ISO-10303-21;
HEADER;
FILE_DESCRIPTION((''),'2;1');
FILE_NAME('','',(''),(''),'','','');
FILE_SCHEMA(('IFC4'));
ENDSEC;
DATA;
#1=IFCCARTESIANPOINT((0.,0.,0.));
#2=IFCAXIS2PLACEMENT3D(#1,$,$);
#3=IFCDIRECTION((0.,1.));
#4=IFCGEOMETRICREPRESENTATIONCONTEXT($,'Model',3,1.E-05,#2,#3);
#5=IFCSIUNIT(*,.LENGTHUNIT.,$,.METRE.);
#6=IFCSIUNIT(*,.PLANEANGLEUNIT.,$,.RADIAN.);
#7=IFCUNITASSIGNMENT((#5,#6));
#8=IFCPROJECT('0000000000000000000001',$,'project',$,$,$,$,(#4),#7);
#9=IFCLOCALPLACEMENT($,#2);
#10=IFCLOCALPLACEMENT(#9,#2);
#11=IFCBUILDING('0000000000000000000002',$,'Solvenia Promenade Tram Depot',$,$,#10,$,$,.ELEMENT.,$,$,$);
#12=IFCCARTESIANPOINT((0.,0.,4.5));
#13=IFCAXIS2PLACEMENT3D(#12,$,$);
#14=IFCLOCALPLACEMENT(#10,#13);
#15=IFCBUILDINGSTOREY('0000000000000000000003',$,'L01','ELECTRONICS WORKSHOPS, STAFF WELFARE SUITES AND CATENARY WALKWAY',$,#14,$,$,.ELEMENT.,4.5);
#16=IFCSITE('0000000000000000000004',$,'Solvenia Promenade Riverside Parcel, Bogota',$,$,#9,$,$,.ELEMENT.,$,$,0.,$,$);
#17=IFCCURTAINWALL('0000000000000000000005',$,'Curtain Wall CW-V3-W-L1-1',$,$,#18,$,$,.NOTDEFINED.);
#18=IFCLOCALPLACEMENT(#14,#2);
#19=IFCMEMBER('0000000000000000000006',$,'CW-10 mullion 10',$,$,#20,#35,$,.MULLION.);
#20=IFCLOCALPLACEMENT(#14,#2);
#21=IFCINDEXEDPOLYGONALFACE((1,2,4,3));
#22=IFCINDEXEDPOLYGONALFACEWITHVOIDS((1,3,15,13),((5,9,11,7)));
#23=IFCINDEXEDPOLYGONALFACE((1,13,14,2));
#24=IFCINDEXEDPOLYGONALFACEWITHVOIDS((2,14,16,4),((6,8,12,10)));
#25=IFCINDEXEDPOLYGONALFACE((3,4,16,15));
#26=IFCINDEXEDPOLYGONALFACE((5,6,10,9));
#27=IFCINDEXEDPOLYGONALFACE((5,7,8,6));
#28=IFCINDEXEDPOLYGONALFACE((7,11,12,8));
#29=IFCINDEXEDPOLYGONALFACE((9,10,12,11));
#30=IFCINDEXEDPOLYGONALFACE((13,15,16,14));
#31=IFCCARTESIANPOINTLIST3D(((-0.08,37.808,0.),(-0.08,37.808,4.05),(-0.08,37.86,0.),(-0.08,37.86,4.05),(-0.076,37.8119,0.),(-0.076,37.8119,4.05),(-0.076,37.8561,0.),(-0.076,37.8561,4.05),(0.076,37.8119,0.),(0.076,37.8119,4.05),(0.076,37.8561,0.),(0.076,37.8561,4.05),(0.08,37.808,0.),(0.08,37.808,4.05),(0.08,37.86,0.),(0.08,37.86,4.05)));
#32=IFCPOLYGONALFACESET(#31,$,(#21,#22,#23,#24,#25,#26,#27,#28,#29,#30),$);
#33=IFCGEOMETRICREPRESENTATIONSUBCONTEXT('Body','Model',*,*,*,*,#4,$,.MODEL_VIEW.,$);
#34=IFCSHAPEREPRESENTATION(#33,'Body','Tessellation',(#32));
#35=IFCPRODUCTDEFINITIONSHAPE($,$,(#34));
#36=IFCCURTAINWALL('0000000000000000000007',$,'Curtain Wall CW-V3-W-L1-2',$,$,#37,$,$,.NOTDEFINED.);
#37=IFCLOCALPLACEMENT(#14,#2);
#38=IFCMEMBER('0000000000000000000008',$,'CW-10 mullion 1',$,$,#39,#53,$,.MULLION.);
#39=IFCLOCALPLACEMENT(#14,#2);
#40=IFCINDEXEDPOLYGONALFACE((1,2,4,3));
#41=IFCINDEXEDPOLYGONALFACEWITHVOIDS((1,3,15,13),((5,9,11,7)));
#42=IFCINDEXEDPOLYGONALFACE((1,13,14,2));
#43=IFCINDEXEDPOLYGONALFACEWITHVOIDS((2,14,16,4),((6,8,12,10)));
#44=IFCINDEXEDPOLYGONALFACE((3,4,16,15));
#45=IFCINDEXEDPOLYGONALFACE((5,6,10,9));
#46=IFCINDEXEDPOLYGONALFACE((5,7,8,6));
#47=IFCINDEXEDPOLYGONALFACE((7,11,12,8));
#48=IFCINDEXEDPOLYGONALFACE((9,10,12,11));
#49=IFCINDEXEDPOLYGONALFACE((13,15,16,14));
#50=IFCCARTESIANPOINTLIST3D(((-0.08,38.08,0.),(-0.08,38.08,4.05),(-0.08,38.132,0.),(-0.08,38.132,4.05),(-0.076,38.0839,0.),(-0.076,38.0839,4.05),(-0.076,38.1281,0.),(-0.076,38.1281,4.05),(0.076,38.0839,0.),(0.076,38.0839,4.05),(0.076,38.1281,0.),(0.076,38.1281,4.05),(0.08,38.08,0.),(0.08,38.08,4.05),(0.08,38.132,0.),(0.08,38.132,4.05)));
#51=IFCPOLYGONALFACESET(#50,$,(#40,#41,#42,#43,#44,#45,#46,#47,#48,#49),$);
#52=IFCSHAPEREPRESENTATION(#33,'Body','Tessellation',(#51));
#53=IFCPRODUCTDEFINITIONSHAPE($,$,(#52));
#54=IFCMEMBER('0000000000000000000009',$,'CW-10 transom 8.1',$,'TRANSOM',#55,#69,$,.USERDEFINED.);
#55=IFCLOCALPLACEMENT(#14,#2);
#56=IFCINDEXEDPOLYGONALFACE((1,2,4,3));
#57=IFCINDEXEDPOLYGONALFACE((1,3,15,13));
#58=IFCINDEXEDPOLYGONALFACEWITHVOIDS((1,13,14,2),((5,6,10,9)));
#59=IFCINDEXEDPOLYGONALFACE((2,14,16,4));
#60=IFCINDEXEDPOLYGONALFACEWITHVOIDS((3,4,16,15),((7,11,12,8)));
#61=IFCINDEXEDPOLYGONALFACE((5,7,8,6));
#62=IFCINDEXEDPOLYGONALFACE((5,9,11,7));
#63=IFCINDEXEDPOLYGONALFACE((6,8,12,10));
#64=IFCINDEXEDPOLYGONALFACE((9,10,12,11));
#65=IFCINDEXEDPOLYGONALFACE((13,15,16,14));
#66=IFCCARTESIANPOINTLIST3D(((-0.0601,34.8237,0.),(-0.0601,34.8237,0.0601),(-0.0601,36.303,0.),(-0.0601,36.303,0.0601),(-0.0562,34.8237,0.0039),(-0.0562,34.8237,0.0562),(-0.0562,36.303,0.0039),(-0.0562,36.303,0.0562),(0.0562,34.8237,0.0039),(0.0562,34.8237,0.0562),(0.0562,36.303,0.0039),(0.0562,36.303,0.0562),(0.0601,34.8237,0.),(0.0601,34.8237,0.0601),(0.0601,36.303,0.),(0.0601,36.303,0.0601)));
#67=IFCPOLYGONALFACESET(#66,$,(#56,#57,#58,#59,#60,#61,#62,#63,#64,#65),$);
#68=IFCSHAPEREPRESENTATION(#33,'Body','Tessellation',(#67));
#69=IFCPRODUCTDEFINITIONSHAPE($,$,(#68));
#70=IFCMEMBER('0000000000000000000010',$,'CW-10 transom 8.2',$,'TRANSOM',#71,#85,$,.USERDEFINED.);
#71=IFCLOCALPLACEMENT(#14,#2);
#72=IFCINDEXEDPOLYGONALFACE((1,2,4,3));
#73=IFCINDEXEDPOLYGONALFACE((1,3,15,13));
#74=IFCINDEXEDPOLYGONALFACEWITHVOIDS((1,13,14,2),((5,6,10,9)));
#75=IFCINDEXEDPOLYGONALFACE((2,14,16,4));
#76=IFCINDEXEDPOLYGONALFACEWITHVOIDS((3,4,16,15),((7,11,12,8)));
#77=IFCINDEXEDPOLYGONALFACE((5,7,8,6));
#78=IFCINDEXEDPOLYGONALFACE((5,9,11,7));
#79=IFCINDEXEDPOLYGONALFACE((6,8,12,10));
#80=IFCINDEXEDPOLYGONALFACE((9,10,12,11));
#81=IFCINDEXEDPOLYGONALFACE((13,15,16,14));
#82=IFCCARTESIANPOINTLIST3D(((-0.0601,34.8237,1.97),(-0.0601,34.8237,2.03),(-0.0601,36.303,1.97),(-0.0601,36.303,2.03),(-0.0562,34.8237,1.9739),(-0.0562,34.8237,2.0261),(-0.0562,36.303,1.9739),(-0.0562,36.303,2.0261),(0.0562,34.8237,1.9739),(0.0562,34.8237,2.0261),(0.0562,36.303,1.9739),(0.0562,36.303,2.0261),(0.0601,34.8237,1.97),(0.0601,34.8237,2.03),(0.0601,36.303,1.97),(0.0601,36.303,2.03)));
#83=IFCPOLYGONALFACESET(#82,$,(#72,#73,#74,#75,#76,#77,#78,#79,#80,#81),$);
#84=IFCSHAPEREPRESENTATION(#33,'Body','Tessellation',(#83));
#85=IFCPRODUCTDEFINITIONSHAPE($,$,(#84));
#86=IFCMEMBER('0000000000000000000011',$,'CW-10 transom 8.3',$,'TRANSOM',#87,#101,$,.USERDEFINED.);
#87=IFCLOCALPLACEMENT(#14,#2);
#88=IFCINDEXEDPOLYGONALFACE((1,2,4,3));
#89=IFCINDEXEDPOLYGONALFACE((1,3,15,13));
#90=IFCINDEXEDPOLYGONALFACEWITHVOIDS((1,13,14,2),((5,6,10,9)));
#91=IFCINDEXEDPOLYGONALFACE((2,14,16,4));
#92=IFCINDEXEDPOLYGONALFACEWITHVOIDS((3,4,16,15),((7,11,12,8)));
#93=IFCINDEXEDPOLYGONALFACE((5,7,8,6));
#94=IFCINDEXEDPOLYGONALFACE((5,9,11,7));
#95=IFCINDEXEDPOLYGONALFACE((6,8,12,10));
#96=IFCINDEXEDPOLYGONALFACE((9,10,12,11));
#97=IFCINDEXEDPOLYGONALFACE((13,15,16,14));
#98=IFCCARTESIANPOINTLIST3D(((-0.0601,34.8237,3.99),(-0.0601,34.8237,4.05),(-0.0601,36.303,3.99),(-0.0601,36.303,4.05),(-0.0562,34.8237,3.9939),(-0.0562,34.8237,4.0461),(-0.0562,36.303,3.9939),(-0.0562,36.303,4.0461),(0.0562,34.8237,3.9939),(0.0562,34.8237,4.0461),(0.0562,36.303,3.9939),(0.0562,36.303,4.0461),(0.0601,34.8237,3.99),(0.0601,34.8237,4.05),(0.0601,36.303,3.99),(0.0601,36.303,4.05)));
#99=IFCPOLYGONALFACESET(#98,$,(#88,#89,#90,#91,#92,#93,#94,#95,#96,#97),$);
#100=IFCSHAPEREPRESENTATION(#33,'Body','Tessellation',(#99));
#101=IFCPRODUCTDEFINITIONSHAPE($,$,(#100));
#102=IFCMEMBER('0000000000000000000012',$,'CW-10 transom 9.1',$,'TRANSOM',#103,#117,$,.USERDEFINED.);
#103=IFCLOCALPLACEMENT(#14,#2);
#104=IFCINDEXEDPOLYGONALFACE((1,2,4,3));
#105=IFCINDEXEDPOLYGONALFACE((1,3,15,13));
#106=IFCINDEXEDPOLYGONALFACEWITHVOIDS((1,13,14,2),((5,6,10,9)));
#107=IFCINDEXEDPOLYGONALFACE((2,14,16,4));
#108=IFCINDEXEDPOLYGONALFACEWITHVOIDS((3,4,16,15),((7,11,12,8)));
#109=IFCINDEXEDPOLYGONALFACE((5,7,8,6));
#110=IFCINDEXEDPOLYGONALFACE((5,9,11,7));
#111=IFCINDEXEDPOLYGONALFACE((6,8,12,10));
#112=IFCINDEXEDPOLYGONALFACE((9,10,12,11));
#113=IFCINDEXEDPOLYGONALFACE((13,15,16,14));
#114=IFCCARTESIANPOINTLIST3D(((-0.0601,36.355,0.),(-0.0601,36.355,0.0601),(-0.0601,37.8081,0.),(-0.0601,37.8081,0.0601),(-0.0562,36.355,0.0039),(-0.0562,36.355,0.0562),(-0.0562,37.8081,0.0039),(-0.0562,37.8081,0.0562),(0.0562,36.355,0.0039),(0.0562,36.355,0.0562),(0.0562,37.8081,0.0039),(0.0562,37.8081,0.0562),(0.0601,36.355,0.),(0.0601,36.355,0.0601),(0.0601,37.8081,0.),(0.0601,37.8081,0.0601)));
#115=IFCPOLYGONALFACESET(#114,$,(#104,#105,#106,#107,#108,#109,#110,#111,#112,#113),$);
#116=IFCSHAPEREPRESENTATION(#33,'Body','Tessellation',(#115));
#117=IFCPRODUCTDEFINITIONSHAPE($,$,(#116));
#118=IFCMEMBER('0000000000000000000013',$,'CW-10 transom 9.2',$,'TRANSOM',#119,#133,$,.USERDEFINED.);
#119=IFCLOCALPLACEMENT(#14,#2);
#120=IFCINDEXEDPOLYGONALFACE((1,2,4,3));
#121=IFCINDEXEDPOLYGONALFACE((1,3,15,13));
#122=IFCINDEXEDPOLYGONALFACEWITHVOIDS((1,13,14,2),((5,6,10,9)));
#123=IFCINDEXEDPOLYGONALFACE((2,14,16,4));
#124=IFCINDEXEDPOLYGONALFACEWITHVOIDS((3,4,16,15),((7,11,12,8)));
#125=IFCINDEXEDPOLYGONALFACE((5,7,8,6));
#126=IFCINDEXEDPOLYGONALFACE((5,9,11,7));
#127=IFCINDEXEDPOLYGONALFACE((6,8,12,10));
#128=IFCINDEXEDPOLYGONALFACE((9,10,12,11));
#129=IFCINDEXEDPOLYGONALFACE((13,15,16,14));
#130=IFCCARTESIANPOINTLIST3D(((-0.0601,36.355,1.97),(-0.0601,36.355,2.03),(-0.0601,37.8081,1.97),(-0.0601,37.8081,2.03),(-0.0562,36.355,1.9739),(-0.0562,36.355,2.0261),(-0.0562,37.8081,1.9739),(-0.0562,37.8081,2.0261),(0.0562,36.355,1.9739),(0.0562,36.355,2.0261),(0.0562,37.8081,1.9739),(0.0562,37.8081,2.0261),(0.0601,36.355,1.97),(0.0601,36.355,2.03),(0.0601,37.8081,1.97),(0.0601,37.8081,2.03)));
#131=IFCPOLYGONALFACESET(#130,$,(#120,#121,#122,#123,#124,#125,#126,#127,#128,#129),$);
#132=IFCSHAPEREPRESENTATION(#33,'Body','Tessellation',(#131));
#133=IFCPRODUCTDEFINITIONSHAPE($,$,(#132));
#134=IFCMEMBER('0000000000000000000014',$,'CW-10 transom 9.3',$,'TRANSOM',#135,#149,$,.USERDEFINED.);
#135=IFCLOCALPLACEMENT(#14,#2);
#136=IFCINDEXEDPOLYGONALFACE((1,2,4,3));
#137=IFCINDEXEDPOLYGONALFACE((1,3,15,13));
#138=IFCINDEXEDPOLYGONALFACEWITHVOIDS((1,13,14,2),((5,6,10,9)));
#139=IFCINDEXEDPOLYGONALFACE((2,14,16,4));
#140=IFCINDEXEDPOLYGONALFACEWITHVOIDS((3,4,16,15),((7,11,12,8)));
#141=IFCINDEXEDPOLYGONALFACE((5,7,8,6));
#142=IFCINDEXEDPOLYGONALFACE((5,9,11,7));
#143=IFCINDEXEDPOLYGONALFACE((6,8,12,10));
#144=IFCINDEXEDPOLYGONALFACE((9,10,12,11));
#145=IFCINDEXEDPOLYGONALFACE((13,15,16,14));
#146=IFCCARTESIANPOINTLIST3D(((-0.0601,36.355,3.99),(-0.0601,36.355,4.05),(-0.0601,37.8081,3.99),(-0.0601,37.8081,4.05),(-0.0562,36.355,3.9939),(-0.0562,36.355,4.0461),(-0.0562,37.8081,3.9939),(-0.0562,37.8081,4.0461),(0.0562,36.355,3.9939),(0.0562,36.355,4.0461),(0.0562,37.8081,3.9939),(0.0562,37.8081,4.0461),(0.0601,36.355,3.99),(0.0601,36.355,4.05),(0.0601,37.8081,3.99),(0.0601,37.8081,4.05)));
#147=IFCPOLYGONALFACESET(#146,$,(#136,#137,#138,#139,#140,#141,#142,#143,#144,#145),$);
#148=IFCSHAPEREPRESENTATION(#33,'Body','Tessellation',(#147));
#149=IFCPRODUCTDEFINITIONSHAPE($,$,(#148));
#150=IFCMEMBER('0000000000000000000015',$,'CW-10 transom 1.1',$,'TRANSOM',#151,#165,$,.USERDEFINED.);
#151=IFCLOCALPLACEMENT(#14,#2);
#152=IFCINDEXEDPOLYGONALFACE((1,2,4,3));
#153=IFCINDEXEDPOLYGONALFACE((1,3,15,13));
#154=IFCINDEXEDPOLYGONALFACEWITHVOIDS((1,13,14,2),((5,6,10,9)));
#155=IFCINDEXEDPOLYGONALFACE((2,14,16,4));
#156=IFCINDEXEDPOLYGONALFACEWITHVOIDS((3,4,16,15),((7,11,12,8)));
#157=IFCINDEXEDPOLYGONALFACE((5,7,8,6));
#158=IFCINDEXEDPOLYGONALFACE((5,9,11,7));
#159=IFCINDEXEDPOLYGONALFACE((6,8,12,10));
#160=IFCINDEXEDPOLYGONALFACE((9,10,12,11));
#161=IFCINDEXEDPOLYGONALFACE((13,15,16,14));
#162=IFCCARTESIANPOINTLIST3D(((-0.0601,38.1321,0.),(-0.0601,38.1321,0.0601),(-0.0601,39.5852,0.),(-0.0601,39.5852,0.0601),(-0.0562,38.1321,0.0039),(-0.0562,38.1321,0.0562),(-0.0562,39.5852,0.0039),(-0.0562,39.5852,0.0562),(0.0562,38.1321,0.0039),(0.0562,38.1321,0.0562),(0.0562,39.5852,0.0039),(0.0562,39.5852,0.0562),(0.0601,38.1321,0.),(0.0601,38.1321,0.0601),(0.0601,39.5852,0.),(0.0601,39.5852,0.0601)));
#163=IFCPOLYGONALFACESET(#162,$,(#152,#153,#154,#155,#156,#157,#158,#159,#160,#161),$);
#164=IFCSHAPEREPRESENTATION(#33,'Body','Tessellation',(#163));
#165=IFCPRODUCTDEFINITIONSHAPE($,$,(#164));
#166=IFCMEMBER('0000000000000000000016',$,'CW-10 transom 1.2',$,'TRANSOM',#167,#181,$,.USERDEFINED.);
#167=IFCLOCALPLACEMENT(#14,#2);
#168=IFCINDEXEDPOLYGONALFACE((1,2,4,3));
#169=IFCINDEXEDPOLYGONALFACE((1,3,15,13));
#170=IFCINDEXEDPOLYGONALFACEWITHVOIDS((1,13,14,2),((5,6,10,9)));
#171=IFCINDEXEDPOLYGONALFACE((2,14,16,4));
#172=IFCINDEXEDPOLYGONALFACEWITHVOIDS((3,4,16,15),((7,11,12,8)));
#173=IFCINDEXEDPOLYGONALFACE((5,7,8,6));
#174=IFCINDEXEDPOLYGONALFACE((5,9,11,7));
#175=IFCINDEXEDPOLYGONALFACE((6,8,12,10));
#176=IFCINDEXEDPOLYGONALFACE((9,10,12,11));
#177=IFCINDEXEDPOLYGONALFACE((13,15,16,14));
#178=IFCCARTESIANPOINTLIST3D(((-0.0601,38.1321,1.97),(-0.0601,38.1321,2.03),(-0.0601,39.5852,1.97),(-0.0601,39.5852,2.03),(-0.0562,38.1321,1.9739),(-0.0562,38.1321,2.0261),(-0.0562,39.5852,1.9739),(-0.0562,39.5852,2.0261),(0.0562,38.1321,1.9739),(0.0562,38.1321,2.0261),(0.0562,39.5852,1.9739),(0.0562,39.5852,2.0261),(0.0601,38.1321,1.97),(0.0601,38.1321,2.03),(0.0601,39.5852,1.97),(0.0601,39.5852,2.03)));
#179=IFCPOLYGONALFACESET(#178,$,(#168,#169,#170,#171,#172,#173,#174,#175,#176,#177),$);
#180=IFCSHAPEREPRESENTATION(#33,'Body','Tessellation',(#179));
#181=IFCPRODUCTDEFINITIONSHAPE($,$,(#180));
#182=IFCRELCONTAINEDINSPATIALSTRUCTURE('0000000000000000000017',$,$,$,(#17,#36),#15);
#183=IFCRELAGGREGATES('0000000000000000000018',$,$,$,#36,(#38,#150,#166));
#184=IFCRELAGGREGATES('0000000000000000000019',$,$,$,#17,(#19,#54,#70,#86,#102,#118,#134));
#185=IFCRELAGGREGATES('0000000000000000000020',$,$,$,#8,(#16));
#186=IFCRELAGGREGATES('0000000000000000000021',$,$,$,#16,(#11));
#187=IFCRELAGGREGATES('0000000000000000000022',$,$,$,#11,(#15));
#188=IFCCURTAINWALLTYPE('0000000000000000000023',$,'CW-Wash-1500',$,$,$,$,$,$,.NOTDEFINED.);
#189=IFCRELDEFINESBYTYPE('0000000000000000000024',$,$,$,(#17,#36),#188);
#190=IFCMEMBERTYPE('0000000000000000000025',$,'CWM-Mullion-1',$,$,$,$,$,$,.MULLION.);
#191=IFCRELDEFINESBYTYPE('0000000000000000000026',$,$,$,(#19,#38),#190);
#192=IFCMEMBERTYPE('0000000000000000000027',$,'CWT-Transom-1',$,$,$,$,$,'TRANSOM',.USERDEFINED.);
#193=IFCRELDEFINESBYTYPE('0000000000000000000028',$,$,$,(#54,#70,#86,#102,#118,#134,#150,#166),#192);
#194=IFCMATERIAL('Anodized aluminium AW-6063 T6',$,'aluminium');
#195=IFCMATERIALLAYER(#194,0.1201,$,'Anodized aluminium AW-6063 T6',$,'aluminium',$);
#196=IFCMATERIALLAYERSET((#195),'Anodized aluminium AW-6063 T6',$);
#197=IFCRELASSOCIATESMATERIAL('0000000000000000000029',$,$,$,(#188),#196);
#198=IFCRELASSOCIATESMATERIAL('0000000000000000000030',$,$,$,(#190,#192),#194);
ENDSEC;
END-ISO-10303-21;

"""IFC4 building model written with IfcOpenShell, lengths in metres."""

from ifc_helpers import new_model, si_unit, direction, frame, origin, origin_2d, place, context, subcontext, project, spatial, hollow_rectangle, extrude, material, layer, layer_set, material_profile, profile_set, type_object, element, aggregate, save


model = new_model("IFC4")

# Units and contexts
model_context = context("Model", 3, precision=1e-05, world=origin(), true_north=direction((0.0, 1.0)))
body_context = subcontext(model_context, "Body", "Model", "MODEL_VIEW")
ifc_project = project(units=[si_unit("LENGTHUNIT", "METRE"), si_unit("PLANEANGLEUNIT", "RADIAN")], contexts=[model_context])

# Site, building, storey
site_placement = place(None, origin())
site = spatial("IfcSite", under=ifc_project, at=site_placement, Name="Solvenia Promenade Riverside Parcel, Bogota", CompositionType="ELEMENT", RefElevation=0.0)
building_placement = place(site_placement, origin())
building = spatial("IfcBuilding", under=site, at=building_placement, Name="Solvenia Promenade Tram Depot", CompositionType="ELEMENT")
storey_placement = place(building_placement, frame((0.0, 0.0, 4.5)))
storey = spatial("IfcBuildingStorey", under=building, at=storey_placement, Name="L01", Description="ELECTRONICS WORKSHOPS, STAFF WELFARE SUITES AND CATENARY WALKWAY", CompositionType="ELEMENT", Elevation=4.5)

# Curtain wall, member
ifc_material_1 = material(Name="Anodized aluminium AW-6063 T6", Category="aluminium")
ifc_layer_1 = layer(ifc_material_1, 0.1201, Name="Anodized aluminium AW-6063 T6", Category="aluminium")
ifc_layer_set_1 = layer_set([ifc_layer_1], Name="Anodized aluminium AW-6063 T6")
curtain_wall_type = type_object("IfcCurtainWallType", Name="CW-Wash-1500", PredefinedType="NOTDEFINED", material=ifc_layer_set_1)
curtain_wall_1_placement = place(storey_placement, origin())
curtain_wall_1 = element("IfcCurtainWall", 1, at=curtain_wall_1_placement, inside=storey, type_object=curtain_wall_type, Name="Curtain Wall CW-V3-W-L1-1", PredefinedType="NOTDEFINED")
ifc_material_profile_1 = material_profile(ifc_material_1, hollow_rectangle(XDim=0.1599, YDim=0.052, WallThickness=0.0039, at=origin_2d()), Name="ALU-M1", Category="aluminium")
ifc_profile_set_1 = profile_set([ifc_material_profile_1], Name="Anodized aluminium AW-6063 T6")
member_type_1 = type_object("IfcMemberType", Name="CWM-Mullion-1", PredefinedType="MULLION", material=ifc_profile_set_1)
member_1_placement = place(storey_placement, frame((0.0, 37.834, 0.0), z_axis=(0.0, 0.0, 1.0), x_axis=(-1.0, 0.0, 0.0)))
member_1 = element("IfcMember", 2, at=member_1_placement, type_object=member_type_1, Name="CW-10 mullion 10", PredefinedType="MULLION", context=body_context, shape_type="SweptSolid", body=[
    extrude(hollow_rectangle(XDim=0.1599, YDim=0.052, WallThickness=0.0039, at=origin_2d()), origin(), (0.0, 0.0, 1.0), 4.05),
])

# Curtain wall, member
curtain_wall_2_placement = place(storey_placement, origin())
curtain_wall_2 = element("IfcCurtainWall", 3, at=curtain_wall_2_placement, inside=storey, type_object=curtain_wall_type, Name="Curtain Wall CW-V3-W-L1-2", PredefinedType="NOTDEFINED")
member_2_placement = place(storey_placement, frame((0.0, 38.106, 0.0), z_axis=(0.0, 0.0, 1.0), x_axis=(-1.0, 0.0, 0.0)))
member_2 = element("IfcMember", 4, at=member_2_placement, type_object=member_type_1, Name="CW-10 mullion 1", PredefinedType="MULLION", context=body_context, shape_type="SweptSolid", body=[
    extrude(hollow_rectangle(XDim=0.1599, YDim=0.052, WallThickness=0.0039, at=origin_2d()), origin(), (0.0, 0.0, 1.0), 4.05),
])

# Members
ifc_material_profile_2 = material_profile(ifc_material_1, hollow_rectangle(XDim=0.1201, YDim=0.0601, WallThickness=0.0039, at=origin_2d()), Name="ALU-T1", Category="aluminium")
ifc_profile_set_2 = profile_set([ifc_material_profile_2], Name="Anodized aluminium AW-6063 T6")
member_type_2 = type_object("IfcMemberType", Name="CWT-Transom-1", ElementType="TRANSOM", PredefinedType="USERDEFINED", material=ifc_profile_set_2)
member_3_placement = place(storey_placement, frame((0.0, 34.8237, 0.03), z_axis=(0.0, 1.0, 0.0), x_axis=(-1.0, 0.0, 0.0)))
member_3 = element("IfcMember", 5, at=member_3_placement, type_object=member_type_2, Name="CW-10 transom 8.1", ObjectType="TRANSOM", PredefinedType="USERDEFINED", context=body_context, shape_type="SweptSolid", body=[
    extrude(hollow_rectangle(XDim=0.1201, YDim=0.0601, WallThickness=0.0039, at=origin_2d()), origin(), (0.0, 0.0, 1.0), 1.4792),
])
member_4_placement = place(storey_placement, frame((0.0, 34.8237, 2.0), z_axis=(0.0, 1.0, 0.0), x_axis=(-1.0, 0.0, 0.0)))
member_4 = element("IfcMember", 6, at=member_4_placement, type_object=member_type_2, Name="CW-10 transom 8.2", ObjectType="TRANSOM", PredefinedType="USERDEFINED", context=body_context, shape_type="SweptSolid", body=[
    extrude(hollow_rectangle(XDim=0.1201, YDim=0.0601, WallThickness=0.0039, at=origin_2d()), origin(), (0.0, 0.0, 1.0), 1.4792),
])
member_5_placement = place(storey_placement, frame((0.0, 34.8237, 4.02), z_axis=(0.0, 1.0, 0.0), x_axis=(-1.0, 0.0, 0.0)))
member_5 = element("IfcMember", 7, at=member_5_placement, type_object=member_type_2, Name="CW-10 transom 8.3", ObjectType="TRANSOM", PredefinedType="USERDEFINED", context=body_context, shape_type="SweptSolid", body=[
    extrude(hollow_rectangle(XDim=0.1201, YDim=0.0601, WallThickness=0.0039, at=origin_2d()), origin(), (0.0, 0.0, 1.0), 1.4792),
])
member_6_placement = place(storey_placement, frame((0.0, 36.355, 0.03), z_axis=(0.0, 1.0, 0.0), x_axis=(-1.0, 0.0, 0.0)))
member_6 = element("IfcMember", 8, at=member_6_placement, type_object=member_type_2, Name="CW-10 transom 9.1", ObjectType="TRANSOM", PredefinedType="USERDEFINED", context=body_context, shape_type="SweptSolid", body=[
    extrude(hollow_rectangle(XDim=0.1201, YDim=0.0601, WallThickness=0.0039, at=origin_2d()), origin(), (0.0, 0.0, 1.0), 1.4531),
])
member_7_placement = place(storey_placement, frame((0.0, 36.355, 2.0), z_axis=(0.0, 1.0, 0.0), x_axis=(-1.0, 0.0, 0.0)))
member_7 = element("IfcMember", 9, at=member_7_placement, type_object=member_type_2, Name="CW-10 transom 9.2", ObjectType="TRANSOM", PredefinedType="USERDEFINED", context=body_context, shape_type="SweptSolid", body=[
    extrude(hollow_rectangle(XDim=0.1201, YDim=0.0601, WallThickness=0.0039, at=origin_2d()), origin(), (0.0, 0.0, 1.0), 1.4531),
])
member_8_placement = place(storey_placement, frame((0.0, 36.355, 4.02), z_axis=(0.0, 1.0, 0.0), x_axis=(-1.0, 0.0, 0.0)))
member_8 = element("IfcMember", 10, at=member_8_placement, type_object=member_type_2, Name="CW-10 transom 9.3", ObjectType="TRANSOM", PredefinedType="USERDEFINED", context=body_context, shape_type="SweptSolid", body=[
    extrude(hollow_rectangle(XDim=0.1201, YDim=0.0601, WallThickness=0.0039, at=origin_2d()), origin(), (0.0, 0.0, 1.0), 1.4531),
])
member_9_placement = place(storey_placement, frame((0.0, 38.1321, 0.03), z_axis=(0.0, 1.0, 0.0), x_axis=(-1.0, 0.0, 0.0)))
member_9 = element("IfcMember", 11, at=member_9_placement, type_object=member_type_2, Name="CW-10 transom 1.1", ObjectType="TRANSOM", PredefinedType="USERDEFINED", context=body_context, shape_type="SweptSolid", body=[
    extrude(hollow_rectangle(XDim=0.1201, YDim=0.0601, WallThickness=0.0039, at=origin_2d()), origin(), (0.0, 0.0, 1.0), 1.4531),
])
member_10_placement = place(storey_placement, frame((0.0, 38.1321, 2.0), z_axis=(0.0, 1.0, 0.0), x_axis=(-1.0, 0.0, 0.0)))
member_10 = element("IfcMember", 12, at=member_10_placement, type_object=member_type_2, Name="CW-10 transom 1.2", ObjectType="TRANSOM", PredefinedType="USERDEFINED", context=body_context, shape_type="SweptSolid", body=[
    extrude(hollow_rectangle(XDim=0.1201, YDim=0.0601, WallThickness=0.0039, at=origin_2d()), origin(), (0.0, 0.0, 1.0), 1.4531),
])
aggregate(curtain_wall_2, [member_2, member_9, member_10])

aggregate(curtain_wall_1, [member_1, member_3, member_4, member_5, member_6, member_7, member_8])

save(model, "model.ifc")
